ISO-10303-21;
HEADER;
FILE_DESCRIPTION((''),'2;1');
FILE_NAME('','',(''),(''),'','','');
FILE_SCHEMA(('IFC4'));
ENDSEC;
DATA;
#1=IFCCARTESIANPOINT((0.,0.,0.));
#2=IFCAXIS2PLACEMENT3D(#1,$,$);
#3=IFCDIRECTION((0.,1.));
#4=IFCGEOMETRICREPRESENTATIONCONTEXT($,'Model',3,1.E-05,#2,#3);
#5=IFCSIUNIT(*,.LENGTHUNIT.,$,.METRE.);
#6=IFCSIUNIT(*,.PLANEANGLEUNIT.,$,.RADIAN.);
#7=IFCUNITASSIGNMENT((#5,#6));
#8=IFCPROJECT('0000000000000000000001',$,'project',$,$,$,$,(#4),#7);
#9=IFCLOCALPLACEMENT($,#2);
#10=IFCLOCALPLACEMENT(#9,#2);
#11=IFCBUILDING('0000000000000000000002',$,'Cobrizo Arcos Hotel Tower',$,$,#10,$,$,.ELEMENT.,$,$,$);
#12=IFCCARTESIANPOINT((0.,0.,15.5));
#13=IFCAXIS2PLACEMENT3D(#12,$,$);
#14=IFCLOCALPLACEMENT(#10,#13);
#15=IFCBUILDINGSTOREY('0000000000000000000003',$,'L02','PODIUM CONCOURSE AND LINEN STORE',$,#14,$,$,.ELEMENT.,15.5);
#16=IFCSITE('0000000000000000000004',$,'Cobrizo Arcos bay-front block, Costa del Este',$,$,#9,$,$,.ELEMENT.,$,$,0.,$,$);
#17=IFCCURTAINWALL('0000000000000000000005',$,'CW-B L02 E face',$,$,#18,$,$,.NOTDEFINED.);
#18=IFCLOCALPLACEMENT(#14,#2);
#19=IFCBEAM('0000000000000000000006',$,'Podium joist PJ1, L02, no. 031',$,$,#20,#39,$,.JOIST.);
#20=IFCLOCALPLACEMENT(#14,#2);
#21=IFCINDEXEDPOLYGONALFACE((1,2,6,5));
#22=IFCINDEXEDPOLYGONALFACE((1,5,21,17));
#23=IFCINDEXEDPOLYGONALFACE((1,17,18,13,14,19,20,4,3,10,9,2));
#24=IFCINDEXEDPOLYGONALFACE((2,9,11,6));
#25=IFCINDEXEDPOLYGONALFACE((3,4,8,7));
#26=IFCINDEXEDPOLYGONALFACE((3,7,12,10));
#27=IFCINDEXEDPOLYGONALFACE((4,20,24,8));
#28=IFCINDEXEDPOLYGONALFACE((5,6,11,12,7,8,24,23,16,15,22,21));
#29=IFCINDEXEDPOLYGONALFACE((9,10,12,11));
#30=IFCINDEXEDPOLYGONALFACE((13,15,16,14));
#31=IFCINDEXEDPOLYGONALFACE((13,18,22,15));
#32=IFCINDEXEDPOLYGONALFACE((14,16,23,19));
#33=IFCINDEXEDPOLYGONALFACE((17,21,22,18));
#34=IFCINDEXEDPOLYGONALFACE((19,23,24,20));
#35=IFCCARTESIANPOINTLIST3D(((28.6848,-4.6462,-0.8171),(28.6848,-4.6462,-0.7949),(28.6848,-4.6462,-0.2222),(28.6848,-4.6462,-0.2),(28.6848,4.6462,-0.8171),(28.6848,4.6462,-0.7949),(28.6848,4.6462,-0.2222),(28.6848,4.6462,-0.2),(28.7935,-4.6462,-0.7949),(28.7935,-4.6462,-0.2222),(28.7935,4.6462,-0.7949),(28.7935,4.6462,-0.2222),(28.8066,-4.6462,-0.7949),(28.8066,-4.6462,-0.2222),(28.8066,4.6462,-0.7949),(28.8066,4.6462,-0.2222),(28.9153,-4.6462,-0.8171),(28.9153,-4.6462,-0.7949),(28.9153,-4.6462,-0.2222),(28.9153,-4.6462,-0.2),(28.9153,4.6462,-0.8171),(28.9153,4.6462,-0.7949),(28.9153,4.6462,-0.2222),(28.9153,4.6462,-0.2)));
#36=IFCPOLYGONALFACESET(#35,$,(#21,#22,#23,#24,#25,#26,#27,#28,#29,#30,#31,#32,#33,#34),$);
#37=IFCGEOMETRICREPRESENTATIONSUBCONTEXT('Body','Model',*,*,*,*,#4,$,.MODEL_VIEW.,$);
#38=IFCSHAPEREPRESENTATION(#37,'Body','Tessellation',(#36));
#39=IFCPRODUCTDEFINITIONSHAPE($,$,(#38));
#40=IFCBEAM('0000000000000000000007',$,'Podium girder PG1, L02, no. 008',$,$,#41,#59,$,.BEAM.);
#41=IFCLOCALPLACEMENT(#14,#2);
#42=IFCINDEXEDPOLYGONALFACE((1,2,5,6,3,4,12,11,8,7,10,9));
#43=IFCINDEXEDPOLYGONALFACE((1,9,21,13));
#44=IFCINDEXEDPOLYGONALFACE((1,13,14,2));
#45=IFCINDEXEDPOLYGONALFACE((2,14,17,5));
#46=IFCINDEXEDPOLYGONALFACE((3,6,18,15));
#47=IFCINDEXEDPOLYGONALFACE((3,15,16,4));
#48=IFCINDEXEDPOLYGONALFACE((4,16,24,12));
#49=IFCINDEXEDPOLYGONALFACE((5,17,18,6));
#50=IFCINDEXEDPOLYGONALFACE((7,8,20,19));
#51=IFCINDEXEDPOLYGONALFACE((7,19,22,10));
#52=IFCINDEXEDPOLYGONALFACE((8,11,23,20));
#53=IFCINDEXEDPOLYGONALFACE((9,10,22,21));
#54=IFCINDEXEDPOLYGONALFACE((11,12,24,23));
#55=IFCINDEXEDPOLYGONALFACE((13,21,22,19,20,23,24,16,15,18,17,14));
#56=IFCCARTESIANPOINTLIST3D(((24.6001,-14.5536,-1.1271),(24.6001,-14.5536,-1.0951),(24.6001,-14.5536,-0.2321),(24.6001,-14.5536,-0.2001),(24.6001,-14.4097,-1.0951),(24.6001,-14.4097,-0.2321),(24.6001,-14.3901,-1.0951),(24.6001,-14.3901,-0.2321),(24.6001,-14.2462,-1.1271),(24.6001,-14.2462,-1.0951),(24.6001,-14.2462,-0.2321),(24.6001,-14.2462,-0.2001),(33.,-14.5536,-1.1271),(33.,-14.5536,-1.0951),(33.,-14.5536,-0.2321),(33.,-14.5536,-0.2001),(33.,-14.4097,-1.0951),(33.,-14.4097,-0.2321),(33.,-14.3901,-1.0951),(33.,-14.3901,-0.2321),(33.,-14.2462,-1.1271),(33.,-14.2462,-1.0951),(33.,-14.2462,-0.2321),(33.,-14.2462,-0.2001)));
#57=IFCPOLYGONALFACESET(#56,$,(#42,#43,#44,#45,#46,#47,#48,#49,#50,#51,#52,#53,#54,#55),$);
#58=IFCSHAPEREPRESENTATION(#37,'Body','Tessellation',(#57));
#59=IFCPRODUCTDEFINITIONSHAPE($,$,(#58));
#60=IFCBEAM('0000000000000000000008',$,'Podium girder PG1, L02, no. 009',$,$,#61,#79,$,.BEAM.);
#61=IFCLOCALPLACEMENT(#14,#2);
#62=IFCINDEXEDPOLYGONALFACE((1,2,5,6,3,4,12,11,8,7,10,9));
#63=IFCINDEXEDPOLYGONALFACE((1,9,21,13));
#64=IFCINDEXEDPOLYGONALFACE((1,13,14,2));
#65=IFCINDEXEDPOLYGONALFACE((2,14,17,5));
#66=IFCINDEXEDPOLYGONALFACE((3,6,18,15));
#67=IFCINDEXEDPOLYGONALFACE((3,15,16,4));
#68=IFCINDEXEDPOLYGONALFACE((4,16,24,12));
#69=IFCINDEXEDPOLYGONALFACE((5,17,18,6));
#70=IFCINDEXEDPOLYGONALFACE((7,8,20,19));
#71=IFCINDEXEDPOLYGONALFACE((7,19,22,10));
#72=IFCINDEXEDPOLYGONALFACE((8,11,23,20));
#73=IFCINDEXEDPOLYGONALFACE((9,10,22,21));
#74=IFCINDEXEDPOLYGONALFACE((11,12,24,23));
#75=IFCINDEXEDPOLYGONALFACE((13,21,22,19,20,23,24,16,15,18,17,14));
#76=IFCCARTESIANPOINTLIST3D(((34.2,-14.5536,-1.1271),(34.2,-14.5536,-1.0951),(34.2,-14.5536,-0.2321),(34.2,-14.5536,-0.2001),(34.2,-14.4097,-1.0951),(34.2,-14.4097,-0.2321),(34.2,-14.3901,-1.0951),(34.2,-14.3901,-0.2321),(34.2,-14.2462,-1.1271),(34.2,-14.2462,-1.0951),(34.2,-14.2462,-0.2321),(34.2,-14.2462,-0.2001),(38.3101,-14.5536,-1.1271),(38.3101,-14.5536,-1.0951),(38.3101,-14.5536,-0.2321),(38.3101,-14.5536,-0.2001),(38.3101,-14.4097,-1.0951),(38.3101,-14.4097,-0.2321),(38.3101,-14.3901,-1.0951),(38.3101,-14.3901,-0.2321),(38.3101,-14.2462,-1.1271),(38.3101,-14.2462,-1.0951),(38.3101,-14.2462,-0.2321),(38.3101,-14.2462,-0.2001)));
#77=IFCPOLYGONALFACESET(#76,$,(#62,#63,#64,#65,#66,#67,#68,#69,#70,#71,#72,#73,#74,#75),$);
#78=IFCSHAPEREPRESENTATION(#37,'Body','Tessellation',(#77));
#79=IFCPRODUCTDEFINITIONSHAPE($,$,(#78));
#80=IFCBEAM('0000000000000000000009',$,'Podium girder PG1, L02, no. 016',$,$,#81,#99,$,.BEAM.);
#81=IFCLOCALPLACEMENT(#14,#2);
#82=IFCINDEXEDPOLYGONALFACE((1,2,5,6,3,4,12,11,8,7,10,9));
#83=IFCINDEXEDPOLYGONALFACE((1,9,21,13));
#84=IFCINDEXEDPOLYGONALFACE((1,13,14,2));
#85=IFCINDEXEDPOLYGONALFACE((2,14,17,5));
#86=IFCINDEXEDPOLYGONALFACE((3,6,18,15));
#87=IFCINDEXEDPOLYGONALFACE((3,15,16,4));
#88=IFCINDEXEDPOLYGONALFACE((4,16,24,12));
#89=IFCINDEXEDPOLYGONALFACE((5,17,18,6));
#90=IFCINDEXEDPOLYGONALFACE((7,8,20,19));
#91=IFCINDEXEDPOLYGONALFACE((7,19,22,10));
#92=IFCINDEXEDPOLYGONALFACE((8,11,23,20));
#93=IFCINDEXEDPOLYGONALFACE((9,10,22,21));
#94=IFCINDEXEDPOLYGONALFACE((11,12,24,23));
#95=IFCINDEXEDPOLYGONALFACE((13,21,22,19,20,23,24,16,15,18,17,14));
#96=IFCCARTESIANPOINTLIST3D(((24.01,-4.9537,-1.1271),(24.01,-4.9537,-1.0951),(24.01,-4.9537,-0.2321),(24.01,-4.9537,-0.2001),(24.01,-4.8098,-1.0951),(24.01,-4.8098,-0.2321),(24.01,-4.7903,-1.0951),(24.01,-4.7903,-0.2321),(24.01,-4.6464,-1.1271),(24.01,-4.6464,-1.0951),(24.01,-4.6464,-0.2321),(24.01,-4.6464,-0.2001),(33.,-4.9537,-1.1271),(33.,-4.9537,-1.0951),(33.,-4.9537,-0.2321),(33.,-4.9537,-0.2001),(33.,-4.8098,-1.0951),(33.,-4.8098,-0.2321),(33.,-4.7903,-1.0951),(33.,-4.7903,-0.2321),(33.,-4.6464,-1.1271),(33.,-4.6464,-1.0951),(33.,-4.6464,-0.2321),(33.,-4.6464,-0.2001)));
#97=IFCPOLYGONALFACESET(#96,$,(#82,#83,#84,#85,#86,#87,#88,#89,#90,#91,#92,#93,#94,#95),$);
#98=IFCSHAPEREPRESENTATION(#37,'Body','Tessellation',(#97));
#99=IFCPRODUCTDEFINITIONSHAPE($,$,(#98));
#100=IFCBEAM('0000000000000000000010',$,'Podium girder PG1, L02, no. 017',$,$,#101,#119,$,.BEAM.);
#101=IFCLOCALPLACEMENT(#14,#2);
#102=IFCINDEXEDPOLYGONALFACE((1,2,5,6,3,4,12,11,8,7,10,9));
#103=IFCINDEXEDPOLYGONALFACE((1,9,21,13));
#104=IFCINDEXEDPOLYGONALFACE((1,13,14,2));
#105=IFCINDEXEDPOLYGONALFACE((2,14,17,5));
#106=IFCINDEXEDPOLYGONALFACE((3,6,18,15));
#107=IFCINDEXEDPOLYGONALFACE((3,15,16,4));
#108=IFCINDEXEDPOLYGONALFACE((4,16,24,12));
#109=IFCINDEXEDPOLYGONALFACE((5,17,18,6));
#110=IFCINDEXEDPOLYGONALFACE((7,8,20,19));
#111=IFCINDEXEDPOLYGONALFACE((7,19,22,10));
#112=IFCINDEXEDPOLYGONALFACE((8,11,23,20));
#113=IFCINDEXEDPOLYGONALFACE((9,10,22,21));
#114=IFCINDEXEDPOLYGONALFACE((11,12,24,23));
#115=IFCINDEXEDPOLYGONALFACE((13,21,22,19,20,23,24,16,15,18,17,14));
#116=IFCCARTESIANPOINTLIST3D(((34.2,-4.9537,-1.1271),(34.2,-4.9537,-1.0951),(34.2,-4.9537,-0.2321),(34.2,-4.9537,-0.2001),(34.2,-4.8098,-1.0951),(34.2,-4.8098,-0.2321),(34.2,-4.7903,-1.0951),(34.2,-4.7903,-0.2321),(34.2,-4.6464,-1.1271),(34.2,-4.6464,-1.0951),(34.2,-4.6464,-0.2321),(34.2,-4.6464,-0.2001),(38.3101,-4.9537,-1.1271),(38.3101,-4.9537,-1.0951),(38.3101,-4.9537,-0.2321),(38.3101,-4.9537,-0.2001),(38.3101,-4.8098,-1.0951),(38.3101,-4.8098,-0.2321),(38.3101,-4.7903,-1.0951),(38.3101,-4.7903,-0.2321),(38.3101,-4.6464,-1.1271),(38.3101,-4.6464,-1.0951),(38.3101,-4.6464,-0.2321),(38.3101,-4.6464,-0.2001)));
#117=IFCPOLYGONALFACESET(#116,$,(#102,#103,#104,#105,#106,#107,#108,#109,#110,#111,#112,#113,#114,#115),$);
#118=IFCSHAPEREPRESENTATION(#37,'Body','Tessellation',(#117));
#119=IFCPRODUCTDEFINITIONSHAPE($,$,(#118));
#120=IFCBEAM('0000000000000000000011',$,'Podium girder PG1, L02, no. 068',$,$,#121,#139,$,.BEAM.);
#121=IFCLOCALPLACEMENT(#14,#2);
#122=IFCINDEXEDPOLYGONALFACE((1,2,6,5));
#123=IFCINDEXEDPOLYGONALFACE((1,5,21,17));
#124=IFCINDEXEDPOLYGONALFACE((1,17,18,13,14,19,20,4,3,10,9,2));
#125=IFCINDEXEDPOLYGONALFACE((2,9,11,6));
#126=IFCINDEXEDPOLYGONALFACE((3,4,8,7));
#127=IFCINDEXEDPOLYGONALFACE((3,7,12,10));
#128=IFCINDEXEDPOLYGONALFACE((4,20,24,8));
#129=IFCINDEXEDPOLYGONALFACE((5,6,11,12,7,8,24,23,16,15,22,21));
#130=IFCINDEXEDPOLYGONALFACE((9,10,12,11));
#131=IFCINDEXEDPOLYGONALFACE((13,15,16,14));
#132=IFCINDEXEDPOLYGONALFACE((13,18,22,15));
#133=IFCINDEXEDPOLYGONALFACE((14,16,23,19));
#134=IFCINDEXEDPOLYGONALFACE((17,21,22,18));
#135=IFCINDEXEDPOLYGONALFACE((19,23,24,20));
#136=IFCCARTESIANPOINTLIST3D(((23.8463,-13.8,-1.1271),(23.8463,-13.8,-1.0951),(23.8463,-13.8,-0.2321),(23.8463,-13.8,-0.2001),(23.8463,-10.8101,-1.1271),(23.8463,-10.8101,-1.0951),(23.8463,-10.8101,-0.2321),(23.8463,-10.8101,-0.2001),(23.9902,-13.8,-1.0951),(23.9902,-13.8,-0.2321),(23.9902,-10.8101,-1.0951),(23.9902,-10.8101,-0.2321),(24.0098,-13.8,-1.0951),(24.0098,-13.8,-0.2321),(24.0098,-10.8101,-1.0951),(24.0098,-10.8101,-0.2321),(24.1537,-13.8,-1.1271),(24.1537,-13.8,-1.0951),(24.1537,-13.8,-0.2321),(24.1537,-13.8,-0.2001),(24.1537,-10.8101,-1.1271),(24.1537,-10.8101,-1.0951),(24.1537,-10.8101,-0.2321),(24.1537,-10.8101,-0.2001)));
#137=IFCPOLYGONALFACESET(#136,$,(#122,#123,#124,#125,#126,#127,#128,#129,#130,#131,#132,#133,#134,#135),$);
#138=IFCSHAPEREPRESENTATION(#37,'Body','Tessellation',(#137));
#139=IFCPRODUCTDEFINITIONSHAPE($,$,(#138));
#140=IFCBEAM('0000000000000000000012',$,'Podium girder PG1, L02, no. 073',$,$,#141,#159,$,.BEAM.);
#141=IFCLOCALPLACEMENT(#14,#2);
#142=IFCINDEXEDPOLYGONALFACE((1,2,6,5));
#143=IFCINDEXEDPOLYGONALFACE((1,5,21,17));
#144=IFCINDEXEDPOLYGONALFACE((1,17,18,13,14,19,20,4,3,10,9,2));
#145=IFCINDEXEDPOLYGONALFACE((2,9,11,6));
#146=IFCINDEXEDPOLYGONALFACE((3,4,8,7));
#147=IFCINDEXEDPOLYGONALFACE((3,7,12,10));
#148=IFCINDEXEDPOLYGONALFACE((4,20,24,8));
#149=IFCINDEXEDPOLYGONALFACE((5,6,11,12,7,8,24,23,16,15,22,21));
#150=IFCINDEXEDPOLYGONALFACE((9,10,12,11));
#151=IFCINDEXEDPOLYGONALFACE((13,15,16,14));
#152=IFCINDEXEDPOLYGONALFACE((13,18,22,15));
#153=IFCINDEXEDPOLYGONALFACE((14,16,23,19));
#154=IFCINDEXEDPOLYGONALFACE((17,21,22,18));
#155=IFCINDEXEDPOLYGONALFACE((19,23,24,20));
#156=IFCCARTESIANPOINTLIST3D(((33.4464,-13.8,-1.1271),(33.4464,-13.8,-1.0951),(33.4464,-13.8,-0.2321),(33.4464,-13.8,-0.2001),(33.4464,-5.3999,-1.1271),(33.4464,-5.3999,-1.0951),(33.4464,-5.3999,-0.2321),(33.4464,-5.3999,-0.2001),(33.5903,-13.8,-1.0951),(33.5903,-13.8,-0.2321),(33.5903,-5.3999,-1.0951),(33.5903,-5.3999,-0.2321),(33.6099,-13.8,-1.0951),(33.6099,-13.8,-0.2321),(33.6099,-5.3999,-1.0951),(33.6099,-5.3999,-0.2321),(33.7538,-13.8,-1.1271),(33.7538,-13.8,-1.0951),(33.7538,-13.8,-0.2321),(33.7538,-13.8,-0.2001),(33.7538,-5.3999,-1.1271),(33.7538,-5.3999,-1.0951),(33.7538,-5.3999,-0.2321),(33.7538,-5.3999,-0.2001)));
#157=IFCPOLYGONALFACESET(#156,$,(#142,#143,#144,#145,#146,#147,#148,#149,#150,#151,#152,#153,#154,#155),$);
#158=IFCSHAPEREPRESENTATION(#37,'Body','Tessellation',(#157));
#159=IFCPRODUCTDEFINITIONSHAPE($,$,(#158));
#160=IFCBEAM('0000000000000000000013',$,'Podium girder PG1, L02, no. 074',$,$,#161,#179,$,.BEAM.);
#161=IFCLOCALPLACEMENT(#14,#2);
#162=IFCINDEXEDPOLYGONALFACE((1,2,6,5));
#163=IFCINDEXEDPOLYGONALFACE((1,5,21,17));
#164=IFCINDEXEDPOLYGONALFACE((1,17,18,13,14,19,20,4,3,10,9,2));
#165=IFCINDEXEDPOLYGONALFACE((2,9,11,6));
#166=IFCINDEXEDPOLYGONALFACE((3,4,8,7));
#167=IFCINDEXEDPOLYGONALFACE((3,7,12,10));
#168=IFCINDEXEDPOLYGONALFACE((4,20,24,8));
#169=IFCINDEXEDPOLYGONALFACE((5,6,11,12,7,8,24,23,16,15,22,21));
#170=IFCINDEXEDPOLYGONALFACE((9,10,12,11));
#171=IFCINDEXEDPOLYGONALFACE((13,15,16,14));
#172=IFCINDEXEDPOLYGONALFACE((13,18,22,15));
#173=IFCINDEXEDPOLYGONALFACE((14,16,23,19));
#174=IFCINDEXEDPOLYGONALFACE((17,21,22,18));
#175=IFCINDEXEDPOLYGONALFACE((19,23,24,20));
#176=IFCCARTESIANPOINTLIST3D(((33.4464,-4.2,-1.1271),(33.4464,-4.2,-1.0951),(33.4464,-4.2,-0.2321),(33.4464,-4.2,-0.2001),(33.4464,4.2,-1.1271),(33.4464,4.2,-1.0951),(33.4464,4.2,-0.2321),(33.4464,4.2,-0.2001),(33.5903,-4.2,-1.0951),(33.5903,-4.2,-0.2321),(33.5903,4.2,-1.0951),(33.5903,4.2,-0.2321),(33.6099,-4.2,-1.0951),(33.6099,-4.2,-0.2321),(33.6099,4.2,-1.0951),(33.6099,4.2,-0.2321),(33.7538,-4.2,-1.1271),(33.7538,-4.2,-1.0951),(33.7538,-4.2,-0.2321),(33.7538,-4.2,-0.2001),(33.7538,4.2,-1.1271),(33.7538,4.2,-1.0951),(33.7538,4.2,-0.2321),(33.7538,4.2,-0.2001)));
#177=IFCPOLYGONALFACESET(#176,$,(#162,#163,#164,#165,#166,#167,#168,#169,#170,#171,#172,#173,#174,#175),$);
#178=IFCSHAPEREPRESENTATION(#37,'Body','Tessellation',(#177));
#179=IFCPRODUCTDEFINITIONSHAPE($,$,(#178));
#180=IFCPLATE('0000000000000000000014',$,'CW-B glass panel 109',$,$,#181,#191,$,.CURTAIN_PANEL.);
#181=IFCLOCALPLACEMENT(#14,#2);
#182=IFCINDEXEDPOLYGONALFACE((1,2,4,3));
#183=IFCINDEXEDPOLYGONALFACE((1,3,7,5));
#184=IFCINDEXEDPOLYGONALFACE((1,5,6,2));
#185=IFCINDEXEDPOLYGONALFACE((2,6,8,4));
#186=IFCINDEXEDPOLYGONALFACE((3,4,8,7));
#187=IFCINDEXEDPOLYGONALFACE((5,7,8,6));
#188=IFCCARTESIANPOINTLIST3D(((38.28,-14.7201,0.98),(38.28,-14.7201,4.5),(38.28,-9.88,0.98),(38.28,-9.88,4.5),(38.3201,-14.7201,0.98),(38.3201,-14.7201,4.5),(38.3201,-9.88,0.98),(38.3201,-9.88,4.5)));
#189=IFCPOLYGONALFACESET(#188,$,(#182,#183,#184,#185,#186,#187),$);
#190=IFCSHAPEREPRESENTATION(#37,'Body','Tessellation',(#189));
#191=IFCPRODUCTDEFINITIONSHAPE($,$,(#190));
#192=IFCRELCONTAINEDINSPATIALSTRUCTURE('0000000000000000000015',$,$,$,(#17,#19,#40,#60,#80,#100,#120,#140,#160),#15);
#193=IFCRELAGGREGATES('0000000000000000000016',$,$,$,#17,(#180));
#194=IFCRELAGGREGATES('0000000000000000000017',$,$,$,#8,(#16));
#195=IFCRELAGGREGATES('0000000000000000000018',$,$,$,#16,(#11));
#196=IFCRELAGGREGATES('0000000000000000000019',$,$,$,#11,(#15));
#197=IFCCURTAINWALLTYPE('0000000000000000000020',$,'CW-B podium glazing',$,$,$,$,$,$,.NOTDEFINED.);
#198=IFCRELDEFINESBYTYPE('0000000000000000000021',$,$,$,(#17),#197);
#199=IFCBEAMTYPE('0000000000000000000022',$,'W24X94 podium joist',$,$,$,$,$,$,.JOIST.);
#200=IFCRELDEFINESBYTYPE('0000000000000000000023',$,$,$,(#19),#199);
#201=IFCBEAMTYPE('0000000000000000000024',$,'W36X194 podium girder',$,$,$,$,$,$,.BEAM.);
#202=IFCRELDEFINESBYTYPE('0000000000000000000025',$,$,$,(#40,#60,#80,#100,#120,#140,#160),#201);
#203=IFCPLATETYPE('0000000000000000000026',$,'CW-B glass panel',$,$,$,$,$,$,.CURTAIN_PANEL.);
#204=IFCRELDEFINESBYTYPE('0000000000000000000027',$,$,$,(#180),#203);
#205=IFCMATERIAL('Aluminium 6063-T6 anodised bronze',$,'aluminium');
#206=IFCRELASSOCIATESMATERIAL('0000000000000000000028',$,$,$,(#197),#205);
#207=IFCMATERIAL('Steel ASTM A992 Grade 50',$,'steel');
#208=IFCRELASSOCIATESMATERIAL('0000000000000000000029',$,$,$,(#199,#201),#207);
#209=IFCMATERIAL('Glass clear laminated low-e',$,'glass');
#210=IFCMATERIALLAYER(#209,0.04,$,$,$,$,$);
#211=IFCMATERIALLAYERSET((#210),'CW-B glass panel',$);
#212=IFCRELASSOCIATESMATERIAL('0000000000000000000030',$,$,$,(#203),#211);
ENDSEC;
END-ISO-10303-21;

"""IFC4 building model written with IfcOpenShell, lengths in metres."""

from ifc_helpers import new_model, si_unit, direction, frame, origin, origin_2d, place, context, subcontext, project, spatial, rectangle, i_section, extrude, material, layer, layer_set, material_profile, profile_set, type_object, element, aggregate, save


model = new_model("IFC4")

# Units and contexts
model_context = context("Model", 3, precision=1e-05, world=origin(), true_north=direction((0.0, 1.0)))
body_context = subcontext(model_context, "Body", "Model", "MODEL_VIEW")
ifc_project = project(units=[si_unit("LENGTHUNIT", "METRE"), si_unit("PLANEANGLEUNIT", "RADIAN")], contexts=[model_context])

# Site, building, storey
site_placement = place(None, origin())
site = spatial("IfcSite", under=ifc_project, at=site_placement, Name="Cobrizo Arcos bay-front block, Costa del Este", CompositionType="ELEMENT", RefElevation=0.0)
building_placement = place(site_placement, origin())
building = spatial("IfcBuilding", under=site, at=building_placement, Name="Cobrizo Arcos Hotel Tower", CompositionType="ELEMENT")
storey_placement = place(building_placement, frame((0.0, 0.0, 15.5)))
storey = spatial("IfcBuildingStorey", under=building, at=storey_placement, Name="L02", Description="PODIUM CONCOURSE AND LINEN STORE", CompositionType="ELEMENT", Elevation=15.5)

# Curtain wall
ifc_material_1 = material(Name="Aluminium 6063-T6 anodised bronze", Category="aluminium")
curtain_wall_type = type_object("IfcCurtainWallType", Name="CW-B podium glazing", PredefinedType="NOTDEFINED", material=ifc_material_1)
curtain_wall_placement = place(storey_placement, origin())
curtain_wall = element("IfcCurtainWall", 1, at=curtain_wall_placement, inside=storey, type_object=curtain_wall_type, Name="CW-B L02 E face", PredefinedType="NOTDEFINED")

# Beams
ifc_material_2 = material(Name="Steel ASTM A992 Grade 50", Category="steel")
ifc_material_profile_1 = material_profile(ifc_material_2, i_section(OverallWidth=0.2305, OverallDepth=0.6172, WebThickness=0.0132, FlangeThickness=0.0222, at=origin_2d()), Name="W24X94")
ifc_profile_set_1 = profile_set([ifc_material_profile_1], Name="Steel ASTM A992 Grade 50")
beam_type_1 = type_object("IfcBeamType", Name="W24X94 podium joist", PredefinedType="JOIST", material=ifc_profile_set_1)
beam_1_placement = place(storey_placement, frame((28.8, -4.6462, -0.5085), z_axis=(0.0, 1.0, 0.0), x_axis=(-1.0, 0.0, 0.0)))
element("IfcBeam", 2, at=beam_1_placement, inside=storey, type_object=beam_type_1, Name="Podium joist PJ1, L02, no. 031", PredefinedType="JOIST", context=body_context, shape_type="SweptSolid", body=[
    extrude(i_section(OverallWidth=0.2305, OverallDepth=0.6172, WebThickness=0.0132, FlangeThickness=0.0222, at=origin_2d()), origin(), (0.0, 0.0, 1.0), 9.2925),
])
ifc_material_profile_2 = material_profile(ifc_material_2, i_section(OverallWidth=0.3074, OverallDepth=0.927, WebThickness=0.0195, FlangeThickness=0.032, at=origin_2d()), Name="W36X194")
ifc_profile_set_2 = profile_set([ifc_material_profile_2], Name="Steel ASTM A992 Grade 50")
beam_type_2 = type_object("IfcBeamType", Name="W36X194 podium girder", PredefinedType="BEAM", material=ifc_profile_set_2)
beam_2_placement = place(storey_placement, frame((24.6001, -14.3999, -0.6636), z_axis=(1.0, 0.0, 0.0), x_axis=(0.0, 1.0, 0.0)))
element("IfcBeam", 3, at=beam_2_placement, inside=storey, type_object=beam_type_2, Name="Podium girder PG1, L02, no. 008", PredefinedType="BEAM", context=body_context, shape_type="SweptSolid", body=[
    extrude(i_section(OverallWidth=0.3074, OverallDepth=0.927, WebThickness=0.0195, FlangeThickness=0.032, at=origin_2d()), origin(), (0.0, 0.0, 1.0), 8.3999),
])
beam_3_placement = place(storey_placement, frame((34.2, -14.3999, -0.6636), z_axis=(1.0, 0.0, 0.0), x_axis=(0.0, 1.0, 0.0)))
element("IfcBeam", 4, at=beam_3_placement, inside=storey, type_object=beam_type_2, Name="Podium girder PG1, L02, no. 009", PredefinedType="BEAM", context=body_context, shape_type="SweptSolid", body=[
    extrude(i_section(OverallWidth=0.3074, OverallDepth=0.927, WebThickness=0.0195, FlangeThickness=0.032, at=origin_2d()), origin(), (0.0, 0.0, 1.0), 4.1101),
])
beam_4_placement = place(storey_placement, frame((24.01, -4.8, -0.6636), z_axis=(1.0, 0.0, 0.0), x_axis=(0.0, 1.0, 0.0)))
element("IfcBeam", 5, at=beam_4_placement, inside=storey, type_object=beam_type_2, Name="Podium girder PG1, L02, no. 016", PredefinedType="BEAM", context=body_context, shape_type="SweptSolid", body=[
    extrude(i_section(OverallWidth=0.3074, OverallDepth=0.927, WebThickness=0.0195, FlangeThickness=0.032, at=origin_2d()), origin(), (0.0, 0.0, 1.0), 8.99),
])
beam_5_placement = place(storey_placement, frame((34.2, -4.8, -0.6636), z_axis=(1.0, 0.0, 0.0), x_axis=(0.0, 1.0, 0.0)))
element("IfcBeam", 6, at=beam_5_placement, inside=storey, type_object=beam_type_2, Name="Podium girder PG1, L02, no. 017", PredefinedType="BEAM", context=body_context, shape_type="SweptSolid", body=[
    extrude(i_section(OverallWidth=0.3074, OverallDepth=0.927, WebThickness=0.0195, FlangeThickness=0.032, at=origin_2d()), origin(), (0.0, 0.0, 1.0), 4.1101),
])
beam_6_placement = place(storey_placement, frame((24.0, -13.8, -0.6636), z_axis=(0.0, 1.0, 0.0), x_axis=(-1.0, 0.0, 0.0)))
element("IfcBeam", 7, at=beam_6_placement, inside=storey, type_object=beam_type_2, Name="Podium girder PG1, L02, no. 068", PredefinedType="BEAM", context=body_context, shape_type="SweptSolid", body=[
    extrude(i_section(OverallWidth=0.3074, OverallDepth=0.927, WebThickness=0.0195, FlangeThickness=0.032, at=origin_2d()), origin(), (0.0, 0.0, 1.0), 2.99),
])
beam_7_placement = place(storey_placement, frame((33.6001, -13.8, -0.6636), z_axis=(0.0, 1.0, 0.0), x_axis=(-1.0, 0.0, 0.0)))
element("IfcBeam", 8, at=beam_7_placement, inside=storey, type_object=beam_type_2, Name="Podium girder PG1, L02, no. 073", PredefinedType="BEAM", context=body_context, shape_type="SweptSolid", body=[
    extrude(i_section(OverallWidth=0.3074, OverallDepth=0.927, WebThickness=0.0195, FlangeThickness=0.032, at=origin_2d()), origin(), (0.0, 0.0, 1.0), 8.4001),
])
beam_8_placement = place(storey_placement, frame((33.6001, -4.2, -0.6636), z_axis=(0.0, 1.0, 0.0), x_axis=(-1.0, 0.0, 0.0)))
element("IfcBeam", 9, at=beam_8_placement, inside=storey, type_object=beam_type_2, Name="Podium girder PG1, L02, no. 074", PredefinedType="BEAM", context=body_context, shape_type="SweptSolid", body=[
    extrude(i_section(OverallWidth=0.3074, OverallDepth=0.927, WebThickness=0.0195, FlangeThickness=0.032, at=origin_2d()), origin(), (0.0, 0.0, 1.0), 8.3999),
])

# Plate
ifc_material_3 = material(Name="Glass clear laminated low-e", Category="glass")
ifc_layer_1 = layer(ifc_material_3, 0.04)
ifc_layer_set_1 = layer_set([ifc_layer_1], Name="CW-B glass panel")
plate_type_1 = type_object("IfcPlateType", Name="CW-B glass panel", PredefinedType="CURTAIN_PANEL", material=ifc_layer_set_1)
plate_1_placement = place(storey_placement, frame((38.3, -12.3, 0.98), z_axis=(0.0, 0.0, 1.0), x_axis=(0.0, 1.0, 0.0)))
plate_1 = element("IfcPlate", 10, at=plate_1_placement, type_object=plate_type_1, Name="CW-B glass panel 109", PredefinedType="CURTAIN_PANEL", context=body_context, shape_type="SweptSolid", body=[
    extrude(rectangle(XDim=4.8401, YDim=0.04, at=origin_2d()), origin(), (0.0, 0.0, 1.0), 3.52),
])
aggregate(curtain_wall, [plate_1])

save(model, "model.ifc")
